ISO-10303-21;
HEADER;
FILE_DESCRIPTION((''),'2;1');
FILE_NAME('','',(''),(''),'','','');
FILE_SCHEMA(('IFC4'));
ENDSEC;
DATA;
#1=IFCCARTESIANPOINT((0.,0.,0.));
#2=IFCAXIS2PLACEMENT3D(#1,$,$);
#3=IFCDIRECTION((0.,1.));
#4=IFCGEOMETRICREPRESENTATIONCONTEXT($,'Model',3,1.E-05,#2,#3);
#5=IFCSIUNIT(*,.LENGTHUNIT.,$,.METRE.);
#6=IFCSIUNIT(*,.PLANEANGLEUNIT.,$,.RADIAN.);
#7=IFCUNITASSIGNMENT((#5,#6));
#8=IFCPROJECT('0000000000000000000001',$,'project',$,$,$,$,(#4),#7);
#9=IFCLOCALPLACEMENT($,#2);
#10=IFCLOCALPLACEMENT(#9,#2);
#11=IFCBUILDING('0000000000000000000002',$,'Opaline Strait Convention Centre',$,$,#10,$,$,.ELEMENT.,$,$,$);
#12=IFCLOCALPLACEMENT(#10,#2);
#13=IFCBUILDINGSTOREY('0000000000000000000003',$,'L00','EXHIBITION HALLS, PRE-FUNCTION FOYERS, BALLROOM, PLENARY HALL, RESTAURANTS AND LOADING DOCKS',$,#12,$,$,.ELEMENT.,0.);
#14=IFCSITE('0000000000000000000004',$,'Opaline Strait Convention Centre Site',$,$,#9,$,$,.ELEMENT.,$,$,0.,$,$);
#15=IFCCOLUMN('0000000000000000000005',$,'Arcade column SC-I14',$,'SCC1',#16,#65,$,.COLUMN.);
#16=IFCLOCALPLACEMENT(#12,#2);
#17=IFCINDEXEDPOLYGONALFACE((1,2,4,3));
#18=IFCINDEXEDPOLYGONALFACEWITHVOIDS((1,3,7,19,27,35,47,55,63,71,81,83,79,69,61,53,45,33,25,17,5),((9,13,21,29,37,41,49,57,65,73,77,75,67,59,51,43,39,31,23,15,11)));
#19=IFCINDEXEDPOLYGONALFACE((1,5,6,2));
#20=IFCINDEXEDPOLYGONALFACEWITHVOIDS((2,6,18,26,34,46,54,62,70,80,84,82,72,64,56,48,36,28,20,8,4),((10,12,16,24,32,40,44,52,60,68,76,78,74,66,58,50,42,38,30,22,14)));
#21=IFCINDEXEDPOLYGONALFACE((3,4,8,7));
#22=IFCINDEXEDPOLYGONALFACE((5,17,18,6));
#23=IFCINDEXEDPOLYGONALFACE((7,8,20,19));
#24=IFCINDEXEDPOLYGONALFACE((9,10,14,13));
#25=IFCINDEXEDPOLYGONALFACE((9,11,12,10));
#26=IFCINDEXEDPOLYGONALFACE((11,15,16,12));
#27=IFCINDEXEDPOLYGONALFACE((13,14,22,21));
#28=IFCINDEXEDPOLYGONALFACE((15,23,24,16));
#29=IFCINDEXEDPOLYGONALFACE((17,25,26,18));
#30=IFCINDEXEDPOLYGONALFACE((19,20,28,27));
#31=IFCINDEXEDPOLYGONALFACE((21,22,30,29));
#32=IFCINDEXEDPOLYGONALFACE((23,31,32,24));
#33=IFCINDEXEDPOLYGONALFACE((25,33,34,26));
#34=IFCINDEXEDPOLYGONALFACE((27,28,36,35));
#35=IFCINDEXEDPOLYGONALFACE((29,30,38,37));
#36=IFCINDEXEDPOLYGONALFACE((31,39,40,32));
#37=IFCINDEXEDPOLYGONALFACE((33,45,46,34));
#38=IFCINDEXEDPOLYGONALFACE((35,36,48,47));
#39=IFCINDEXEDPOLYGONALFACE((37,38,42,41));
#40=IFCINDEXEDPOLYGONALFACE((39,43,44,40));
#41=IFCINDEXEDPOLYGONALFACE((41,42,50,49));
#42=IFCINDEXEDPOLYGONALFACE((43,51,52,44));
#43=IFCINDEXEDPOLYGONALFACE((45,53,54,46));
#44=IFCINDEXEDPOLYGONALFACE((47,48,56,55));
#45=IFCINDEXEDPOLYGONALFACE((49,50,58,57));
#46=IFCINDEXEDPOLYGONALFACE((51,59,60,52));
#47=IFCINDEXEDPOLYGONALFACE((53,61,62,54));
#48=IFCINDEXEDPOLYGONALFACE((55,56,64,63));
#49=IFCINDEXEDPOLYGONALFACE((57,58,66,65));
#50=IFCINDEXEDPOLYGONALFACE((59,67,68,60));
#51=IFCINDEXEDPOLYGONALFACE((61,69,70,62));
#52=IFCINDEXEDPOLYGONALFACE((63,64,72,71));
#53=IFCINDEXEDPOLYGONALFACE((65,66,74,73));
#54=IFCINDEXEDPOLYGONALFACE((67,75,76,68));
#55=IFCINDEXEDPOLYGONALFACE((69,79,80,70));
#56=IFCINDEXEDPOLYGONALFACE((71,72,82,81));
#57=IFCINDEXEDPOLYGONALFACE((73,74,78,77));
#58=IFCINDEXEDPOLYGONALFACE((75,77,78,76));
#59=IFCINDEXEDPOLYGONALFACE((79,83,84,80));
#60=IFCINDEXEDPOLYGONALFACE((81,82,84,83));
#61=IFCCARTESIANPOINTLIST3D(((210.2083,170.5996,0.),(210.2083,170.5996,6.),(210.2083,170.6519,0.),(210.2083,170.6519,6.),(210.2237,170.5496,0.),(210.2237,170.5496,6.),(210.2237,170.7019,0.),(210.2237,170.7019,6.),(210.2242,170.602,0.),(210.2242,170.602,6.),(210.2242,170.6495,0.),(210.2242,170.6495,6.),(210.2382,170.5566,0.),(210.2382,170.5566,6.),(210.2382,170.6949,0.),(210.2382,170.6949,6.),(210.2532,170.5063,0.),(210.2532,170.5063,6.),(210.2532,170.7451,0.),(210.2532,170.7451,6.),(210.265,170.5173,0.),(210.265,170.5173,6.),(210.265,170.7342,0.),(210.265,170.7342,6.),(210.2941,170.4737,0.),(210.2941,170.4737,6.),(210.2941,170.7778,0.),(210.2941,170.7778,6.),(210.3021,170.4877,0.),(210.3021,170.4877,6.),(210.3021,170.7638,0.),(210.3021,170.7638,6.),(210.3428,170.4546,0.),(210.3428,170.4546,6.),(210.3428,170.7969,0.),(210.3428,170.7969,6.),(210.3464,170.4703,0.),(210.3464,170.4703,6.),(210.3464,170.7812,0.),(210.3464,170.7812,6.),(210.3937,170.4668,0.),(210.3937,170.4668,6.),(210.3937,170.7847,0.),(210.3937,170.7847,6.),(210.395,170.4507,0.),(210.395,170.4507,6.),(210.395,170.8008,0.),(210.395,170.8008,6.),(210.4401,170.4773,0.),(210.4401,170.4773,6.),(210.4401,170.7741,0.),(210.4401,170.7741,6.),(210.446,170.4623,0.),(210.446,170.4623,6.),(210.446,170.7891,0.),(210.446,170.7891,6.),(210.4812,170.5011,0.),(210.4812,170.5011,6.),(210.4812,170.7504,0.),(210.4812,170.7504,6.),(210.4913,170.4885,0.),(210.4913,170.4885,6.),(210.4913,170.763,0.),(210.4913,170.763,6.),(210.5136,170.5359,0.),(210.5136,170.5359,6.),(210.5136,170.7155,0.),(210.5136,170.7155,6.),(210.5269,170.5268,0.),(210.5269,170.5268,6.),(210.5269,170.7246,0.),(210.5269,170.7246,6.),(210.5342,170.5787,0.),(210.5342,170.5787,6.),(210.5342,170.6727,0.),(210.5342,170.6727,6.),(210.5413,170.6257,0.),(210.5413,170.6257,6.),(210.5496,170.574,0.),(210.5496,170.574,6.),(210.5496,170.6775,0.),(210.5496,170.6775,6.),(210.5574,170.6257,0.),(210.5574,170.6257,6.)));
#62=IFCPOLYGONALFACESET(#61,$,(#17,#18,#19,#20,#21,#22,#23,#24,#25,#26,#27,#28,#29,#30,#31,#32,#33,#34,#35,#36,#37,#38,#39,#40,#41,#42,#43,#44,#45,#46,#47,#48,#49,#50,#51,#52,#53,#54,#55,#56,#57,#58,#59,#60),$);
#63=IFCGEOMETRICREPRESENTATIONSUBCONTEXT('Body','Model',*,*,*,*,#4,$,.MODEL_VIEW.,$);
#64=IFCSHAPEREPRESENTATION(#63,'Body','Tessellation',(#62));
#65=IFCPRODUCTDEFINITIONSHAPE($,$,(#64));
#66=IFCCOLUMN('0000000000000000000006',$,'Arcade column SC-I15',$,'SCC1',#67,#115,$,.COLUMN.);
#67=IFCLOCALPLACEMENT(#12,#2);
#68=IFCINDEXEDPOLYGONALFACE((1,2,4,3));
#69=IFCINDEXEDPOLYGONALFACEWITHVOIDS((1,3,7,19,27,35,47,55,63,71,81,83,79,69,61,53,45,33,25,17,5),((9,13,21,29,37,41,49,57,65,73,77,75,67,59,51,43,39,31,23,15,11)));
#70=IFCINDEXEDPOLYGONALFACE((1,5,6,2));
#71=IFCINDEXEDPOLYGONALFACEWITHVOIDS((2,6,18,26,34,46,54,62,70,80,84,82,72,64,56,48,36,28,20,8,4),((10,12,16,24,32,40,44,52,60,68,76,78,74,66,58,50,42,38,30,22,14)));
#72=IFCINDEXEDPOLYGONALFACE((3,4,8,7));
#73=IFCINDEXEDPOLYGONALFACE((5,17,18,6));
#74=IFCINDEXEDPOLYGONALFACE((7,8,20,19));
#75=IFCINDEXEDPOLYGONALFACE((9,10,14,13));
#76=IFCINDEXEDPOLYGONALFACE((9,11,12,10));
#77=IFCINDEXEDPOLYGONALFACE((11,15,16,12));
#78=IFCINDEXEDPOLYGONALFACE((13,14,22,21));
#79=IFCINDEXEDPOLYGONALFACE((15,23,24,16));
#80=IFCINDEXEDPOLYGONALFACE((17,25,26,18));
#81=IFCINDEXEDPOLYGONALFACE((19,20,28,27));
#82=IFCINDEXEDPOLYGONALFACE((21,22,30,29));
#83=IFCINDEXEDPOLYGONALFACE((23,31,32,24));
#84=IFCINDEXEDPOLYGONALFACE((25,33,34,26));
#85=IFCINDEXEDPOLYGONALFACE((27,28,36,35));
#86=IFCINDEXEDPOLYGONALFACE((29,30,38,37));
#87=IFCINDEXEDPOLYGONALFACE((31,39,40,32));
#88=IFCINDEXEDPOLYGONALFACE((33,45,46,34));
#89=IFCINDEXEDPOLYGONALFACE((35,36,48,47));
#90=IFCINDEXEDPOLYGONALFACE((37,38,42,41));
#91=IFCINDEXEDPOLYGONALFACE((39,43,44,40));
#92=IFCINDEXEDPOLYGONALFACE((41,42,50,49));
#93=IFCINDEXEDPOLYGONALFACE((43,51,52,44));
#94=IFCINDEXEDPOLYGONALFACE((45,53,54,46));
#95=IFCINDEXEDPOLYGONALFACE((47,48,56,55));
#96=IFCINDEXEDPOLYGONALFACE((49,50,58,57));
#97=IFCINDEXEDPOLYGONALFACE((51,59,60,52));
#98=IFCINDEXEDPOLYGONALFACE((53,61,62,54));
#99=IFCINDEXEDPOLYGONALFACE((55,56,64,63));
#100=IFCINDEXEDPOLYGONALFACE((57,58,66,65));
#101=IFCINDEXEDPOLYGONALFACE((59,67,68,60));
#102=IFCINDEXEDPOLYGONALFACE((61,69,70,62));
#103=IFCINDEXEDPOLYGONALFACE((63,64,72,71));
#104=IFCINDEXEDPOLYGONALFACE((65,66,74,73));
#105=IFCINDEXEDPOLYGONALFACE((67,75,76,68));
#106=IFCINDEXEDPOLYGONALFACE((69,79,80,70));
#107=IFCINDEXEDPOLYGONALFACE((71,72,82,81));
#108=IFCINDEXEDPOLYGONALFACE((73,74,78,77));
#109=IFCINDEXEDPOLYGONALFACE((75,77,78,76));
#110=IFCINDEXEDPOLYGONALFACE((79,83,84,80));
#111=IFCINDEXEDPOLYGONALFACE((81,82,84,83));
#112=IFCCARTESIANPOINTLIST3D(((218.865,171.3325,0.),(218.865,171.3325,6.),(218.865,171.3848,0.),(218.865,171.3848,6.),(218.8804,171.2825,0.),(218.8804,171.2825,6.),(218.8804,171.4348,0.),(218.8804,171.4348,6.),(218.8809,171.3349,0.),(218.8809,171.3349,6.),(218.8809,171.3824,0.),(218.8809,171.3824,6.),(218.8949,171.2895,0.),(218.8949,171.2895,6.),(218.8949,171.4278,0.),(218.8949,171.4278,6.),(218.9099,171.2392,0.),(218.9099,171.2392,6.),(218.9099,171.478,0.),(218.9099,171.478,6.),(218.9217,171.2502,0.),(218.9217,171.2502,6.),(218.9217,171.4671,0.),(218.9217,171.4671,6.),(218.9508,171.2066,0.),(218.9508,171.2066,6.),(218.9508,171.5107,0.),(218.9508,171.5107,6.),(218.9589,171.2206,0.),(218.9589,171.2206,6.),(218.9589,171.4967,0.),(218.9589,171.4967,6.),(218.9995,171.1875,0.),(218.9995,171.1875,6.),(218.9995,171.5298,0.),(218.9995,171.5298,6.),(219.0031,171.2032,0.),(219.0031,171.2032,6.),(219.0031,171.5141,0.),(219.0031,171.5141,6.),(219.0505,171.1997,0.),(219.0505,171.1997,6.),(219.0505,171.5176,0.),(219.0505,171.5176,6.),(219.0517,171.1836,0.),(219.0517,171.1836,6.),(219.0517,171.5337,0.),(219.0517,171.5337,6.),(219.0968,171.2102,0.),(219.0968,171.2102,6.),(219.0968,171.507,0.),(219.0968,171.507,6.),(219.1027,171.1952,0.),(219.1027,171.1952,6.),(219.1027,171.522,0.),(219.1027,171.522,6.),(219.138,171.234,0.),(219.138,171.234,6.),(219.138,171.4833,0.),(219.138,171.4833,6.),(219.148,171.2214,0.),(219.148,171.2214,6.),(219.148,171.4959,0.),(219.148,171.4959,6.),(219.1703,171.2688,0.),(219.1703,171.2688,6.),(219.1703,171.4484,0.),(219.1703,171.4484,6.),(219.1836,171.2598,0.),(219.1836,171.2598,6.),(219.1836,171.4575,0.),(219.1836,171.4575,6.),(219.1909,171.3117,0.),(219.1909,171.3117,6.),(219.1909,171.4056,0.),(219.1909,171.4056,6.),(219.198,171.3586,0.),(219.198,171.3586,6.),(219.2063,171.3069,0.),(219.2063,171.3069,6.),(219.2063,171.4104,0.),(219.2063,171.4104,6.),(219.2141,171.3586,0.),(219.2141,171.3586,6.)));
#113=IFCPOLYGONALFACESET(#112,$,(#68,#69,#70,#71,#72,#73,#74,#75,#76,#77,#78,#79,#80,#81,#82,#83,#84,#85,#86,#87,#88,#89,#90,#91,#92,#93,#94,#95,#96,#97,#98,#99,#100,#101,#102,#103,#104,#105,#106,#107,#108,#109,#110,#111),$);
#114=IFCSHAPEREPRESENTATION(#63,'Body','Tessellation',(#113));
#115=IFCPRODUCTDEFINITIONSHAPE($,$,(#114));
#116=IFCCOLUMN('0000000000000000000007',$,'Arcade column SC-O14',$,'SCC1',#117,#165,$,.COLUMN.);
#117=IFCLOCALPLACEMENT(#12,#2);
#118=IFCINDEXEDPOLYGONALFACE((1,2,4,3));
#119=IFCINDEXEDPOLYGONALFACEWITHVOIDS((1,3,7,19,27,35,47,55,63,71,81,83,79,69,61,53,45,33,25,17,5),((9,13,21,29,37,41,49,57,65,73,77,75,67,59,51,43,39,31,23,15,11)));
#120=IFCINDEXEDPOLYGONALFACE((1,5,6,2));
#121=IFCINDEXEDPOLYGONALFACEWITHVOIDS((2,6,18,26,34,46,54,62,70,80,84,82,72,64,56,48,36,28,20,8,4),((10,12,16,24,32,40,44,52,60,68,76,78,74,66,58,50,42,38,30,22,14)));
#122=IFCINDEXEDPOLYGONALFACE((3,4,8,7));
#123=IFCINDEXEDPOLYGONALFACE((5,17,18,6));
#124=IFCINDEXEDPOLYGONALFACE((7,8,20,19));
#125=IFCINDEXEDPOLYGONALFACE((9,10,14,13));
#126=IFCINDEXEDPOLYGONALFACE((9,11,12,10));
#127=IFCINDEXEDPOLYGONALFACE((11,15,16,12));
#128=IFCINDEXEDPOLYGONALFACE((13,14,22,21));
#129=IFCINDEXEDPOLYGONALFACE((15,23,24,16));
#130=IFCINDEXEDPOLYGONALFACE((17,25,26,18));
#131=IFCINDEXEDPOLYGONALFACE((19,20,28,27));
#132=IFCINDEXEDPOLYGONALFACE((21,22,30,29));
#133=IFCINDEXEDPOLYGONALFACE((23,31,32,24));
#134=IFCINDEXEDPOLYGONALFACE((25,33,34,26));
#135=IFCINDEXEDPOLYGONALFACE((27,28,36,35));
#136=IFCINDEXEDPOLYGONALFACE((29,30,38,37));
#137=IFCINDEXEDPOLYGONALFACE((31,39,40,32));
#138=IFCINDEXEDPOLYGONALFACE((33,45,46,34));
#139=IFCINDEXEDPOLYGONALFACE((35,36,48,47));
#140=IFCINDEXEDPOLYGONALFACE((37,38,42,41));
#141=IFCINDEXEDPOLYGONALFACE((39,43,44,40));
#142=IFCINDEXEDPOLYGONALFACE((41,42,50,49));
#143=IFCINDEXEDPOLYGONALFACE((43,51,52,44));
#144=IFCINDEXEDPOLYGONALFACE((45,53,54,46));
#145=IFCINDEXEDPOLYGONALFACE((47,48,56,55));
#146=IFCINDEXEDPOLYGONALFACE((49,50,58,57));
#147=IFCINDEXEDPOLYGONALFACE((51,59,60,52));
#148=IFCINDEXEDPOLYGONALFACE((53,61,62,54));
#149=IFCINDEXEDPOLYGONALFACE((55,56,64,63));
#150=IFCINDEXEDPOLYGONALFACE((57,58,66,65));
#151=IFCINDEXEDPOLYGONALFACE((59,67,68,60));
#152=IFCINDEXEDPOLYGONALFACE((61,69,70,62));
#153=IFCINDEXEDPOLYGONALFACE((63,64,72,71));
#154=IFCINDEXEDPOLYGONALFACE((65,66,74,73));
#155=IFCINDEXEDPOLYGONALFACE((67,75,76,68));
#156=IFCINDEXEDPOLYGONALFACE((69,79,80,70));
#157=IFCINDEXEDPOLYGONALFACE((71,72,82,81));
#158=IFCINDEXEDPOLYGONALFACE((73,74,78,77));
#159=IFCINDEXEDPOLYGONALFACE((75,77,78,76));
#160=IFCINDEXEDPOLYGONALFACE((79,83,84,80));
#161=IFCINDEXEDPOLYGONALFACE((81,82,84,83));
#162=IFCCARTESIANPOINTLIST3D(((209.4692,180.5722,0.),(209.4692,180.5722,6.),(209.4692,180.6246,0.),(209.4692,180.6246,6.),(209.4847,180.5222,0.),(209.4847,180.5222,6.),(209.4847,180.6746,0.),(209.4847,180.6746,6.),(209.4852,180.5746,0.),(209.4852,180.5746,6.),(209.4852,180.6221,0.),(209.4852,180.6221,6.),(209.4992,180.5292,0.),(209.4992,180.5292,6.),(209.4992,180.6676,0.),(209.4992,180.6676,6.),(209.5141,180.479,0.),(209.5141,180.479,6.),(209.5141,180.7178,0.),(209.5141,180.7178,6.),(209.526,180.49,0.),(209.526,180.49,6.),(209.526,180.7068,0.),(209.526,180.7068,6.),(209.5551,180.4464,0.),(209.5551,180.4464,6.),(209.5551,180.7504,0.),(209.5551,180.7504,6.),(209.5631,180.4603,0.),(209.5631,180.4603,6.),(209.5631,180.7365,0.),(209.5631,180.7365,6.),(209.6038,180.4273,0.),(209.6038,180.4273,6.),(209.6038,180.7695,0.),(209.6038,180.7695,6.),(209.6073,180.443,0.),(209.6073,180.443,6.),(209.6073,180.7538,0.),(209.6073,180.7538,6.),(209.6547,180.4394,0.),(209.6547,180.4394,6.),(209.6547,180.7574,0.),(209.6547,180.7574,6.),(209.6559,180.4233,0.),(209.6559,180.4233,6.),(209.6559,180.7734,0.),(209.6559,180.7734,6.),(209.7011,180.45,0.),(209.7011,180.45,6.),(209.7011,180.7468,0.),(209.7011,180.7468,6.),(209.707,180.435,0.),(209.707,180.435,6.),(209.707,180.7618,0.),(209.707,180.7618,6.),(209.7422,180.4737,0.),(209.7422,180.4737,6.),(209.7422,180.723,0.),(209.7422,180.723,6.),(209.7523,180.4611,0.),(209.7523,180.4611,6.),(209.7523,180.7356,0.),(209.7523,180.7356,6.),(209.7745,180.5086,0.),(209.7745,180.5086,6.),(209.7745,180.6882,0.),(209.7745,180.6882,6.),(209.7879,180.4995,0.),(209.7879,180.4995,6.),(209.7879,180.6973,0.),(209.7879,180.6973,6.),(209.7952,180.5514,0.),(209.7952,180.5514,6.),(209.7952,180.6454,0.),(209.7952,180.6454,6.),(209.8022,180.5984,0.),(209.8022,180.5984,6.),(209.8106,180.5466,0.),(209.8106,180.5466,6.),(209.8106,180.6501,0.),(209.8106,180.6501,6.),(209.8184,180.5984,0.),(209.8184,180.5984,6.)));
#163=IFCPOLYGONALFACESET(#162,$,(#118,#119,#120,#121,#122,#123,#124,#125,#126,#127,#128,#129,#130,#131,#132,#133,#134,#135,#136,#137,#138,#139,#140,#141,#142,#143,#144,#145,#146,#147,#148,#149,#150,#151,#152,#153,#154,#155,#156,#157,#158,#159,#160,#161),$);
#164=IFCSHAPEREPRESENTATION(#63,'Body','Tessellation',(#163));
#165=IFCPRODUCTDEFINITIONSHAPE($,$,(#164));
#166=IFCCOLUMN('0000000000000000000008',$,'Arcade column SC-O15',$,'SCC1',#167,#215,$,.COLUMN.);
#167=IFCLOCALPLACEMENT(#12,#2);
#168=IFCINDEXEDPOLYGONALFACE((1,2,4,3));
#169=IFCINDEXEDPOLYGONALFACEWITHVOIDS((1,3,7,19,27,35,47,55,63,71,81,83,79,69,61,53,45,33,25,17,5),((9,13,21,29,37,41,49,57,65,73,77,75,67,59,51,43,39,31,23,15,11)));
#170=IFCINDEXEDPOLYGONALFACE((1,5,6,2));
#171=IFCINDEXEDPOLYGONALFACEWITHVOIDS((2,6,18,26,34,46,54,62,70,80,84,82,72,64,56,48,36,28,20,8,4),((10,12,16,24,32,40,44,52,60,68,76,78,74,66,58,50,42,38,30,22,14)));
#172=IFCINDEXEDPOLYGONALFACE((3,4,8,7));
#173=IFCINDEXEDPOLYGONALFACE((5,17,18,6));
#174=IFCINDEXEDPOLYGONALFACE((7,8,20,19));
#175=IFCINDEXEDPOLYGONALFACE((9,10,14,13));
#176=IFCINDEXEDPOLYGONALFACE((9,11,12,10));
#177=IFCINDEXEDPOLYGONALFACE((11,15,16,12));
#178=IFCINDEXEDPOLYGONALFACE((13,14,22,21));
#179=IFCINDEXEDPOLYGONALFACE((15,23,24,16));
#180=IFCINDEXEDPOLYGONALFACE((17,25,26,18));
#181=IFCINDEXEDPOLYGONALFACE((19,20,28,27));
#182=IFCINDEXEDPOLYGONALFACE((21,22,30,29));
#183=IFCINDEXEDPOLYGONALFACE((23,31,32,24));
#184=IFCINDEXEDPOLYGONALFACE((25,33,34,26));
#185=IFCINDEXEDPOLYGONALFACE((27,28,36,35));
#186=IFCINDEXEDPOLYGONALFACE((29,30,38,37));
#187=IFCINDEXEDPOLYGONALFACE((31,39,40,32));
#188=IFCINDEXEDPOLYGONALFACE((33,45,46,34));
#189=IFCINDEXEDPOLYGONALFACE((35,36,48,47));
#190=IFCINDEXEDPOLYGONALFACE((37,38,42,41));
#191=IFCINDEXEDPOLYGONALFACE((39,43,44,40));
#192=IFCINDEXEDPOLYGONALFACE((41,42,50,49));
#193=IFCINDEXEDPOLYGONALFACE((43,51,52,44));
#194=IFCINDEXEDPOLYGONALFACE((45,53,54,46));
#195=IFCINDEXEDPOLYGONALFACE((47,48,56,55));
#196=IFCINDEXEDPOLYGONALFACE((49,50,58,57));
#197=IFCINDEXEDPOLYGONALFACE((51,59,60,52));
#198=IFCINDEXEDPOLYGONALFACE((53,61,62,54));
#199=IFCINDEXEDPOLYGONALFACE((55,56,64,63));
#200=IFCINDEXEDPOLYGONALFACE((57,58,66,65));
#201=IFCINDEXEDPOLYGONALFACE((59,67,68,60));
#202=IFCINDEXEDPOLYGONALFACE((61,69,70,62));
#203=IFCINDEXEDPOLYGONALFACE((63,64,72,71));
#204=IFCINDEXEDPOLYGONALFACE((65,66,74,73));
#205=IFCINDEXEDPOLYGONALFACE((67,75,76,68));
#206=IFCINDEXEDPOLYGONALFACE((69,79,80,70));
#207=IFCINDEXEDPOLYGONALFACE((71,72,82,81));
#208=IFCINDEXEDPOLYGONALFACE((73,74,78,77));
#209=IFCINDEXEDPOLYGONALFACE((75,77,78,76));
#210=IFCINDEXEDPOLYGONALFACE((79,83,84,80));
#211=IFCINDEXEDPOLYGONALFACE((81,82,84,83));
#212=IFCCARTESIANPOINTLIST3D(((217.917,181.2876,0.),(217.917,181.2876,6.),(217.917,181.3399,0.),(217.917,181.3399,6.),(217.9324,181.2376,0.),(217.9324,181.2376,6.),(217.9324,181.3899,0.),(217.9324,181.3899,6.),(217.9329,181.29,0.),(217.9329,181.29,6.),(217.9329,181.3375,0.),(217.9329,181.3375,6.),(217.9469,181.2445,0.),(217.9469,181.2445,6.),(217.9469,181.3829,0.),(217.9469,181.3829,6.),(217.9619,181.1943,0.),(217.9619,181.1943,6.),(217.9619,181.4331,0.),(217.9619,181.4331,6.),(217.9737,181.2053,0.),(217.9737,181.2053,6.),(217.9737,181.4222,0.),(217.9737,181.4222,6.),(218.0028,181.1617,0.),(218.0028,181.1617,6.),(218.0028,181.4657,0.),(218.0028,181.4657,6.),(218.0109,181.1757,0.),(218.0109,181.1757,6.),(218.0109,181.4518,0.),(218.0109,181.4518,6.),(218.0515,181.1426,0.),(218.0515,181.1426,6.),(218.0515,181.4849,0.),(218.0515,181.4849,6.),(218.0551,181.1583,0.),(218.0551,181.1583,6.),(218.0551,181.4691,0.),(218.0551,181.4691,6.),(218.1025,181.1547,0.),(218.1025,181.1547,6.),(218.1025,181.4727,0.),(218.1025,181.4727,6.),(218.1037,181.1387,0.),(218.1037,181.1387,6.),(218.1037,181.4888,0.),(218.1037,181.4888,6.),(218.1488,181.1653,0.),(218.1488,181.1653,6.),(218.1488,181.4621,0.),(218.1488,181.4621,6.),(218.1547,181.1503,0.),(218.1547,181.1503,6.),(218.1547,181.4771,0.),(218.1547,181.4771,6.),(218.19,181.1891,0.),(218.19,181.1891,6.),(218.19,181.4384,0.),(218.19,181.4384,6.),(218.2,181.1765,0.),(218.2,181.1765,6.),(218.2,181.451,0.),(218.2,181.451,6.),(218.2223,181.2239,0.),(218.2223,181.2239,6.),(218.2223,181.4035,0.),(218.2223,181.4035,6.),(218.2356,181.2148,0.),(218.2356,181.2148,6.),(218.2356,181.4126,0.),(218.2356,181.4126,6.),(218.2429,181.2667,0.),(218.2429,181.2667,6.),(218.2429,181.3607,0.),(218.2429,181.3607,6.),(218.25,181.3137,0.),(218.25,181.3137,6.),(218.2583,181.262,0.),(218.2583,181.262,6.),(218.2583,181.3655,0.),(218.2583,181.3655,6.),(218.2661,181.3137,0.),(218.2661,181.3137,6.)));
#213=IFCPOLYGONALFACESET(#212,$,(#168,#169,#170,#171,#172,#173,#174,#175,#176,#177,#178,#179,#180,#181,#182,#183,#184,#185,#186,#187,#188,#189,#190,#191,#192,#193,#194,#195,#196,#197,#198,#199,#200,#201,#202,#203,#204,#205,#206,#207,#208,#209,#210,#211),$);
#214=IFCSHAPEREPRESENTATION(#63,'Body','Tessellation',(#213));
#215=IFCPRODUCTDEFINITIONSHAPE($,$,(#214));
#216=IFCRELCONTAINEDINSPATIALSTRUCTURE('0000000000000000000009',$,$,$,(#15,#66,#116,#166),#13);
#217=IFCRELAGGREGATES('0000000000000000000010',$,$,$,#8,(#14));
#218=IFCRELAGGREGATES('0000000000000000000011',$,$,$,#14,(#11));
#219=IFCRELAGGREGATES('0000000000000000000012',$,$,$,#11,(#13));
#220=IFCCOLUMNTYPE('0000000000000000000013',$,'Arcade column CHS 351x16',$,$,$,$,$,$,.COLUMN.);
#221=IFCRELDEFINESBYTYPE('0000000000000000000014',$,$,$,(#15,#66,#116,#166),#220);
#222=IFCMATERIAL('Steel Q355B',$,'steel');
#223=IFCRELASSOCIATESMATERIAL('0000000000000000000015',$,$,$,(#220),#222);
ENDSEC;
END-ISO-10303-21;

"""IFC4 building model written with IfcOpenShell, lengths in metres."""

from ifc_helpers import new_model, si_unit, direction, frame, origin, origin_2d, place, context, subcontext, project, spatial, hollow_circle, extrude, material, material_profile, profile_set, type_object, element, save


model = new_model("IFC4")

# Units and contexts
model_context = context("Model", 3, precision=1e-05, world=origin(), true_north=direction((0.0, 1.0)))
body_context = subcontext(model_context, "Body", "Model", "MODEL_VIEW")
ifc_project = project(units=[si_unit("LENGTHUNIT", "METRE"), si_unit("PLANEANGLEUNIT", "RADIAN")], contexts=[model_context])

# Site, building, storey
site_placement = place(None, origin())
site = spatial("IfcSite", under=ifc_project, at=site_placement, Name="Opaline Strait Convention Centre Site", CompositionType="ELEMENT", RefElevation=0.0)
building_placement = place(site_placement, origin())
building = spatial("IfcBuilding", under=site, at=building_placement, Name="Opaline Strait Convention Centre", CompositionType="ELEMENT")
storey_placement = place(building_placement, origin())
storey = spatial("IfcBuildingStorey", under=building, at=storey_placement, Name="L00", Description="EXHIBITION HALLS, PRE-FUNCTION FOYERS, BALLROOM, PLENARY HALL, RESTAURANTS AND LOADING DOCKS", CompositionType="ELEMENT", Elevation=0.0)

# Columns
ifc_material_1 = material(Name="Steel Q355B", Category="steel")
ifc_material_profile_1 = material_profile(ifc_material_1, hollow_circle(Radius=0.1755, WallThickness=0.0161, at=origin_2d()), Name="CHS 351x16")
ifc_profile_set_1 = profile_set([ifc_material_profile_1], Name="Steel Q355B")
column_type = type_object("IfcColumnType", Name="Arcade column CHS 351x16", PredefinedType="COLUMN", material=ifc_profile_set_1)
for number, where, z_axis, x_axis, name in (
    (1, (210.3818, 170.6257, 0.0), (0.0, 0.0, 1.0), (1.0, 0.0, 0.0), "Arcade column SC-I14"),
    (2, (219.0386, 171.3586, 0.0), (0.0, 0.0, 1.0), (1.0, 0.0, 0.0), "Arcade column SC-I15"),
    (3, (209.6428, 180.5984, 0.0), (0.0, 0.0, 1.0), (1.0, 0.0, 0.0), "Arcade column SC-O14"),
    (4, (218.0906, 181.3137, 0.0), (0.0, 0.0, 1.0), (1.0, 0.0, 0.0), "Arcade column SC-O15"),
):
    element("IfcColumn", number, at=place(storey_placement, frame(where, z_axis=z_axis, x_axis=x_axis)), inside=storey, type_object=column_type, Name=name, ObjectType="SCC1", PredefinedType="COLUMN", context=body_context, shape_type="SweptSolid", body=[
        extrude(hollow_circle(Radius=0.1755, WallThickness=0.0161, at=origin_2d()), origin(), (0.0, 0.0, 1.0), 6.0),
    ])

save(model, "model.ifc")
